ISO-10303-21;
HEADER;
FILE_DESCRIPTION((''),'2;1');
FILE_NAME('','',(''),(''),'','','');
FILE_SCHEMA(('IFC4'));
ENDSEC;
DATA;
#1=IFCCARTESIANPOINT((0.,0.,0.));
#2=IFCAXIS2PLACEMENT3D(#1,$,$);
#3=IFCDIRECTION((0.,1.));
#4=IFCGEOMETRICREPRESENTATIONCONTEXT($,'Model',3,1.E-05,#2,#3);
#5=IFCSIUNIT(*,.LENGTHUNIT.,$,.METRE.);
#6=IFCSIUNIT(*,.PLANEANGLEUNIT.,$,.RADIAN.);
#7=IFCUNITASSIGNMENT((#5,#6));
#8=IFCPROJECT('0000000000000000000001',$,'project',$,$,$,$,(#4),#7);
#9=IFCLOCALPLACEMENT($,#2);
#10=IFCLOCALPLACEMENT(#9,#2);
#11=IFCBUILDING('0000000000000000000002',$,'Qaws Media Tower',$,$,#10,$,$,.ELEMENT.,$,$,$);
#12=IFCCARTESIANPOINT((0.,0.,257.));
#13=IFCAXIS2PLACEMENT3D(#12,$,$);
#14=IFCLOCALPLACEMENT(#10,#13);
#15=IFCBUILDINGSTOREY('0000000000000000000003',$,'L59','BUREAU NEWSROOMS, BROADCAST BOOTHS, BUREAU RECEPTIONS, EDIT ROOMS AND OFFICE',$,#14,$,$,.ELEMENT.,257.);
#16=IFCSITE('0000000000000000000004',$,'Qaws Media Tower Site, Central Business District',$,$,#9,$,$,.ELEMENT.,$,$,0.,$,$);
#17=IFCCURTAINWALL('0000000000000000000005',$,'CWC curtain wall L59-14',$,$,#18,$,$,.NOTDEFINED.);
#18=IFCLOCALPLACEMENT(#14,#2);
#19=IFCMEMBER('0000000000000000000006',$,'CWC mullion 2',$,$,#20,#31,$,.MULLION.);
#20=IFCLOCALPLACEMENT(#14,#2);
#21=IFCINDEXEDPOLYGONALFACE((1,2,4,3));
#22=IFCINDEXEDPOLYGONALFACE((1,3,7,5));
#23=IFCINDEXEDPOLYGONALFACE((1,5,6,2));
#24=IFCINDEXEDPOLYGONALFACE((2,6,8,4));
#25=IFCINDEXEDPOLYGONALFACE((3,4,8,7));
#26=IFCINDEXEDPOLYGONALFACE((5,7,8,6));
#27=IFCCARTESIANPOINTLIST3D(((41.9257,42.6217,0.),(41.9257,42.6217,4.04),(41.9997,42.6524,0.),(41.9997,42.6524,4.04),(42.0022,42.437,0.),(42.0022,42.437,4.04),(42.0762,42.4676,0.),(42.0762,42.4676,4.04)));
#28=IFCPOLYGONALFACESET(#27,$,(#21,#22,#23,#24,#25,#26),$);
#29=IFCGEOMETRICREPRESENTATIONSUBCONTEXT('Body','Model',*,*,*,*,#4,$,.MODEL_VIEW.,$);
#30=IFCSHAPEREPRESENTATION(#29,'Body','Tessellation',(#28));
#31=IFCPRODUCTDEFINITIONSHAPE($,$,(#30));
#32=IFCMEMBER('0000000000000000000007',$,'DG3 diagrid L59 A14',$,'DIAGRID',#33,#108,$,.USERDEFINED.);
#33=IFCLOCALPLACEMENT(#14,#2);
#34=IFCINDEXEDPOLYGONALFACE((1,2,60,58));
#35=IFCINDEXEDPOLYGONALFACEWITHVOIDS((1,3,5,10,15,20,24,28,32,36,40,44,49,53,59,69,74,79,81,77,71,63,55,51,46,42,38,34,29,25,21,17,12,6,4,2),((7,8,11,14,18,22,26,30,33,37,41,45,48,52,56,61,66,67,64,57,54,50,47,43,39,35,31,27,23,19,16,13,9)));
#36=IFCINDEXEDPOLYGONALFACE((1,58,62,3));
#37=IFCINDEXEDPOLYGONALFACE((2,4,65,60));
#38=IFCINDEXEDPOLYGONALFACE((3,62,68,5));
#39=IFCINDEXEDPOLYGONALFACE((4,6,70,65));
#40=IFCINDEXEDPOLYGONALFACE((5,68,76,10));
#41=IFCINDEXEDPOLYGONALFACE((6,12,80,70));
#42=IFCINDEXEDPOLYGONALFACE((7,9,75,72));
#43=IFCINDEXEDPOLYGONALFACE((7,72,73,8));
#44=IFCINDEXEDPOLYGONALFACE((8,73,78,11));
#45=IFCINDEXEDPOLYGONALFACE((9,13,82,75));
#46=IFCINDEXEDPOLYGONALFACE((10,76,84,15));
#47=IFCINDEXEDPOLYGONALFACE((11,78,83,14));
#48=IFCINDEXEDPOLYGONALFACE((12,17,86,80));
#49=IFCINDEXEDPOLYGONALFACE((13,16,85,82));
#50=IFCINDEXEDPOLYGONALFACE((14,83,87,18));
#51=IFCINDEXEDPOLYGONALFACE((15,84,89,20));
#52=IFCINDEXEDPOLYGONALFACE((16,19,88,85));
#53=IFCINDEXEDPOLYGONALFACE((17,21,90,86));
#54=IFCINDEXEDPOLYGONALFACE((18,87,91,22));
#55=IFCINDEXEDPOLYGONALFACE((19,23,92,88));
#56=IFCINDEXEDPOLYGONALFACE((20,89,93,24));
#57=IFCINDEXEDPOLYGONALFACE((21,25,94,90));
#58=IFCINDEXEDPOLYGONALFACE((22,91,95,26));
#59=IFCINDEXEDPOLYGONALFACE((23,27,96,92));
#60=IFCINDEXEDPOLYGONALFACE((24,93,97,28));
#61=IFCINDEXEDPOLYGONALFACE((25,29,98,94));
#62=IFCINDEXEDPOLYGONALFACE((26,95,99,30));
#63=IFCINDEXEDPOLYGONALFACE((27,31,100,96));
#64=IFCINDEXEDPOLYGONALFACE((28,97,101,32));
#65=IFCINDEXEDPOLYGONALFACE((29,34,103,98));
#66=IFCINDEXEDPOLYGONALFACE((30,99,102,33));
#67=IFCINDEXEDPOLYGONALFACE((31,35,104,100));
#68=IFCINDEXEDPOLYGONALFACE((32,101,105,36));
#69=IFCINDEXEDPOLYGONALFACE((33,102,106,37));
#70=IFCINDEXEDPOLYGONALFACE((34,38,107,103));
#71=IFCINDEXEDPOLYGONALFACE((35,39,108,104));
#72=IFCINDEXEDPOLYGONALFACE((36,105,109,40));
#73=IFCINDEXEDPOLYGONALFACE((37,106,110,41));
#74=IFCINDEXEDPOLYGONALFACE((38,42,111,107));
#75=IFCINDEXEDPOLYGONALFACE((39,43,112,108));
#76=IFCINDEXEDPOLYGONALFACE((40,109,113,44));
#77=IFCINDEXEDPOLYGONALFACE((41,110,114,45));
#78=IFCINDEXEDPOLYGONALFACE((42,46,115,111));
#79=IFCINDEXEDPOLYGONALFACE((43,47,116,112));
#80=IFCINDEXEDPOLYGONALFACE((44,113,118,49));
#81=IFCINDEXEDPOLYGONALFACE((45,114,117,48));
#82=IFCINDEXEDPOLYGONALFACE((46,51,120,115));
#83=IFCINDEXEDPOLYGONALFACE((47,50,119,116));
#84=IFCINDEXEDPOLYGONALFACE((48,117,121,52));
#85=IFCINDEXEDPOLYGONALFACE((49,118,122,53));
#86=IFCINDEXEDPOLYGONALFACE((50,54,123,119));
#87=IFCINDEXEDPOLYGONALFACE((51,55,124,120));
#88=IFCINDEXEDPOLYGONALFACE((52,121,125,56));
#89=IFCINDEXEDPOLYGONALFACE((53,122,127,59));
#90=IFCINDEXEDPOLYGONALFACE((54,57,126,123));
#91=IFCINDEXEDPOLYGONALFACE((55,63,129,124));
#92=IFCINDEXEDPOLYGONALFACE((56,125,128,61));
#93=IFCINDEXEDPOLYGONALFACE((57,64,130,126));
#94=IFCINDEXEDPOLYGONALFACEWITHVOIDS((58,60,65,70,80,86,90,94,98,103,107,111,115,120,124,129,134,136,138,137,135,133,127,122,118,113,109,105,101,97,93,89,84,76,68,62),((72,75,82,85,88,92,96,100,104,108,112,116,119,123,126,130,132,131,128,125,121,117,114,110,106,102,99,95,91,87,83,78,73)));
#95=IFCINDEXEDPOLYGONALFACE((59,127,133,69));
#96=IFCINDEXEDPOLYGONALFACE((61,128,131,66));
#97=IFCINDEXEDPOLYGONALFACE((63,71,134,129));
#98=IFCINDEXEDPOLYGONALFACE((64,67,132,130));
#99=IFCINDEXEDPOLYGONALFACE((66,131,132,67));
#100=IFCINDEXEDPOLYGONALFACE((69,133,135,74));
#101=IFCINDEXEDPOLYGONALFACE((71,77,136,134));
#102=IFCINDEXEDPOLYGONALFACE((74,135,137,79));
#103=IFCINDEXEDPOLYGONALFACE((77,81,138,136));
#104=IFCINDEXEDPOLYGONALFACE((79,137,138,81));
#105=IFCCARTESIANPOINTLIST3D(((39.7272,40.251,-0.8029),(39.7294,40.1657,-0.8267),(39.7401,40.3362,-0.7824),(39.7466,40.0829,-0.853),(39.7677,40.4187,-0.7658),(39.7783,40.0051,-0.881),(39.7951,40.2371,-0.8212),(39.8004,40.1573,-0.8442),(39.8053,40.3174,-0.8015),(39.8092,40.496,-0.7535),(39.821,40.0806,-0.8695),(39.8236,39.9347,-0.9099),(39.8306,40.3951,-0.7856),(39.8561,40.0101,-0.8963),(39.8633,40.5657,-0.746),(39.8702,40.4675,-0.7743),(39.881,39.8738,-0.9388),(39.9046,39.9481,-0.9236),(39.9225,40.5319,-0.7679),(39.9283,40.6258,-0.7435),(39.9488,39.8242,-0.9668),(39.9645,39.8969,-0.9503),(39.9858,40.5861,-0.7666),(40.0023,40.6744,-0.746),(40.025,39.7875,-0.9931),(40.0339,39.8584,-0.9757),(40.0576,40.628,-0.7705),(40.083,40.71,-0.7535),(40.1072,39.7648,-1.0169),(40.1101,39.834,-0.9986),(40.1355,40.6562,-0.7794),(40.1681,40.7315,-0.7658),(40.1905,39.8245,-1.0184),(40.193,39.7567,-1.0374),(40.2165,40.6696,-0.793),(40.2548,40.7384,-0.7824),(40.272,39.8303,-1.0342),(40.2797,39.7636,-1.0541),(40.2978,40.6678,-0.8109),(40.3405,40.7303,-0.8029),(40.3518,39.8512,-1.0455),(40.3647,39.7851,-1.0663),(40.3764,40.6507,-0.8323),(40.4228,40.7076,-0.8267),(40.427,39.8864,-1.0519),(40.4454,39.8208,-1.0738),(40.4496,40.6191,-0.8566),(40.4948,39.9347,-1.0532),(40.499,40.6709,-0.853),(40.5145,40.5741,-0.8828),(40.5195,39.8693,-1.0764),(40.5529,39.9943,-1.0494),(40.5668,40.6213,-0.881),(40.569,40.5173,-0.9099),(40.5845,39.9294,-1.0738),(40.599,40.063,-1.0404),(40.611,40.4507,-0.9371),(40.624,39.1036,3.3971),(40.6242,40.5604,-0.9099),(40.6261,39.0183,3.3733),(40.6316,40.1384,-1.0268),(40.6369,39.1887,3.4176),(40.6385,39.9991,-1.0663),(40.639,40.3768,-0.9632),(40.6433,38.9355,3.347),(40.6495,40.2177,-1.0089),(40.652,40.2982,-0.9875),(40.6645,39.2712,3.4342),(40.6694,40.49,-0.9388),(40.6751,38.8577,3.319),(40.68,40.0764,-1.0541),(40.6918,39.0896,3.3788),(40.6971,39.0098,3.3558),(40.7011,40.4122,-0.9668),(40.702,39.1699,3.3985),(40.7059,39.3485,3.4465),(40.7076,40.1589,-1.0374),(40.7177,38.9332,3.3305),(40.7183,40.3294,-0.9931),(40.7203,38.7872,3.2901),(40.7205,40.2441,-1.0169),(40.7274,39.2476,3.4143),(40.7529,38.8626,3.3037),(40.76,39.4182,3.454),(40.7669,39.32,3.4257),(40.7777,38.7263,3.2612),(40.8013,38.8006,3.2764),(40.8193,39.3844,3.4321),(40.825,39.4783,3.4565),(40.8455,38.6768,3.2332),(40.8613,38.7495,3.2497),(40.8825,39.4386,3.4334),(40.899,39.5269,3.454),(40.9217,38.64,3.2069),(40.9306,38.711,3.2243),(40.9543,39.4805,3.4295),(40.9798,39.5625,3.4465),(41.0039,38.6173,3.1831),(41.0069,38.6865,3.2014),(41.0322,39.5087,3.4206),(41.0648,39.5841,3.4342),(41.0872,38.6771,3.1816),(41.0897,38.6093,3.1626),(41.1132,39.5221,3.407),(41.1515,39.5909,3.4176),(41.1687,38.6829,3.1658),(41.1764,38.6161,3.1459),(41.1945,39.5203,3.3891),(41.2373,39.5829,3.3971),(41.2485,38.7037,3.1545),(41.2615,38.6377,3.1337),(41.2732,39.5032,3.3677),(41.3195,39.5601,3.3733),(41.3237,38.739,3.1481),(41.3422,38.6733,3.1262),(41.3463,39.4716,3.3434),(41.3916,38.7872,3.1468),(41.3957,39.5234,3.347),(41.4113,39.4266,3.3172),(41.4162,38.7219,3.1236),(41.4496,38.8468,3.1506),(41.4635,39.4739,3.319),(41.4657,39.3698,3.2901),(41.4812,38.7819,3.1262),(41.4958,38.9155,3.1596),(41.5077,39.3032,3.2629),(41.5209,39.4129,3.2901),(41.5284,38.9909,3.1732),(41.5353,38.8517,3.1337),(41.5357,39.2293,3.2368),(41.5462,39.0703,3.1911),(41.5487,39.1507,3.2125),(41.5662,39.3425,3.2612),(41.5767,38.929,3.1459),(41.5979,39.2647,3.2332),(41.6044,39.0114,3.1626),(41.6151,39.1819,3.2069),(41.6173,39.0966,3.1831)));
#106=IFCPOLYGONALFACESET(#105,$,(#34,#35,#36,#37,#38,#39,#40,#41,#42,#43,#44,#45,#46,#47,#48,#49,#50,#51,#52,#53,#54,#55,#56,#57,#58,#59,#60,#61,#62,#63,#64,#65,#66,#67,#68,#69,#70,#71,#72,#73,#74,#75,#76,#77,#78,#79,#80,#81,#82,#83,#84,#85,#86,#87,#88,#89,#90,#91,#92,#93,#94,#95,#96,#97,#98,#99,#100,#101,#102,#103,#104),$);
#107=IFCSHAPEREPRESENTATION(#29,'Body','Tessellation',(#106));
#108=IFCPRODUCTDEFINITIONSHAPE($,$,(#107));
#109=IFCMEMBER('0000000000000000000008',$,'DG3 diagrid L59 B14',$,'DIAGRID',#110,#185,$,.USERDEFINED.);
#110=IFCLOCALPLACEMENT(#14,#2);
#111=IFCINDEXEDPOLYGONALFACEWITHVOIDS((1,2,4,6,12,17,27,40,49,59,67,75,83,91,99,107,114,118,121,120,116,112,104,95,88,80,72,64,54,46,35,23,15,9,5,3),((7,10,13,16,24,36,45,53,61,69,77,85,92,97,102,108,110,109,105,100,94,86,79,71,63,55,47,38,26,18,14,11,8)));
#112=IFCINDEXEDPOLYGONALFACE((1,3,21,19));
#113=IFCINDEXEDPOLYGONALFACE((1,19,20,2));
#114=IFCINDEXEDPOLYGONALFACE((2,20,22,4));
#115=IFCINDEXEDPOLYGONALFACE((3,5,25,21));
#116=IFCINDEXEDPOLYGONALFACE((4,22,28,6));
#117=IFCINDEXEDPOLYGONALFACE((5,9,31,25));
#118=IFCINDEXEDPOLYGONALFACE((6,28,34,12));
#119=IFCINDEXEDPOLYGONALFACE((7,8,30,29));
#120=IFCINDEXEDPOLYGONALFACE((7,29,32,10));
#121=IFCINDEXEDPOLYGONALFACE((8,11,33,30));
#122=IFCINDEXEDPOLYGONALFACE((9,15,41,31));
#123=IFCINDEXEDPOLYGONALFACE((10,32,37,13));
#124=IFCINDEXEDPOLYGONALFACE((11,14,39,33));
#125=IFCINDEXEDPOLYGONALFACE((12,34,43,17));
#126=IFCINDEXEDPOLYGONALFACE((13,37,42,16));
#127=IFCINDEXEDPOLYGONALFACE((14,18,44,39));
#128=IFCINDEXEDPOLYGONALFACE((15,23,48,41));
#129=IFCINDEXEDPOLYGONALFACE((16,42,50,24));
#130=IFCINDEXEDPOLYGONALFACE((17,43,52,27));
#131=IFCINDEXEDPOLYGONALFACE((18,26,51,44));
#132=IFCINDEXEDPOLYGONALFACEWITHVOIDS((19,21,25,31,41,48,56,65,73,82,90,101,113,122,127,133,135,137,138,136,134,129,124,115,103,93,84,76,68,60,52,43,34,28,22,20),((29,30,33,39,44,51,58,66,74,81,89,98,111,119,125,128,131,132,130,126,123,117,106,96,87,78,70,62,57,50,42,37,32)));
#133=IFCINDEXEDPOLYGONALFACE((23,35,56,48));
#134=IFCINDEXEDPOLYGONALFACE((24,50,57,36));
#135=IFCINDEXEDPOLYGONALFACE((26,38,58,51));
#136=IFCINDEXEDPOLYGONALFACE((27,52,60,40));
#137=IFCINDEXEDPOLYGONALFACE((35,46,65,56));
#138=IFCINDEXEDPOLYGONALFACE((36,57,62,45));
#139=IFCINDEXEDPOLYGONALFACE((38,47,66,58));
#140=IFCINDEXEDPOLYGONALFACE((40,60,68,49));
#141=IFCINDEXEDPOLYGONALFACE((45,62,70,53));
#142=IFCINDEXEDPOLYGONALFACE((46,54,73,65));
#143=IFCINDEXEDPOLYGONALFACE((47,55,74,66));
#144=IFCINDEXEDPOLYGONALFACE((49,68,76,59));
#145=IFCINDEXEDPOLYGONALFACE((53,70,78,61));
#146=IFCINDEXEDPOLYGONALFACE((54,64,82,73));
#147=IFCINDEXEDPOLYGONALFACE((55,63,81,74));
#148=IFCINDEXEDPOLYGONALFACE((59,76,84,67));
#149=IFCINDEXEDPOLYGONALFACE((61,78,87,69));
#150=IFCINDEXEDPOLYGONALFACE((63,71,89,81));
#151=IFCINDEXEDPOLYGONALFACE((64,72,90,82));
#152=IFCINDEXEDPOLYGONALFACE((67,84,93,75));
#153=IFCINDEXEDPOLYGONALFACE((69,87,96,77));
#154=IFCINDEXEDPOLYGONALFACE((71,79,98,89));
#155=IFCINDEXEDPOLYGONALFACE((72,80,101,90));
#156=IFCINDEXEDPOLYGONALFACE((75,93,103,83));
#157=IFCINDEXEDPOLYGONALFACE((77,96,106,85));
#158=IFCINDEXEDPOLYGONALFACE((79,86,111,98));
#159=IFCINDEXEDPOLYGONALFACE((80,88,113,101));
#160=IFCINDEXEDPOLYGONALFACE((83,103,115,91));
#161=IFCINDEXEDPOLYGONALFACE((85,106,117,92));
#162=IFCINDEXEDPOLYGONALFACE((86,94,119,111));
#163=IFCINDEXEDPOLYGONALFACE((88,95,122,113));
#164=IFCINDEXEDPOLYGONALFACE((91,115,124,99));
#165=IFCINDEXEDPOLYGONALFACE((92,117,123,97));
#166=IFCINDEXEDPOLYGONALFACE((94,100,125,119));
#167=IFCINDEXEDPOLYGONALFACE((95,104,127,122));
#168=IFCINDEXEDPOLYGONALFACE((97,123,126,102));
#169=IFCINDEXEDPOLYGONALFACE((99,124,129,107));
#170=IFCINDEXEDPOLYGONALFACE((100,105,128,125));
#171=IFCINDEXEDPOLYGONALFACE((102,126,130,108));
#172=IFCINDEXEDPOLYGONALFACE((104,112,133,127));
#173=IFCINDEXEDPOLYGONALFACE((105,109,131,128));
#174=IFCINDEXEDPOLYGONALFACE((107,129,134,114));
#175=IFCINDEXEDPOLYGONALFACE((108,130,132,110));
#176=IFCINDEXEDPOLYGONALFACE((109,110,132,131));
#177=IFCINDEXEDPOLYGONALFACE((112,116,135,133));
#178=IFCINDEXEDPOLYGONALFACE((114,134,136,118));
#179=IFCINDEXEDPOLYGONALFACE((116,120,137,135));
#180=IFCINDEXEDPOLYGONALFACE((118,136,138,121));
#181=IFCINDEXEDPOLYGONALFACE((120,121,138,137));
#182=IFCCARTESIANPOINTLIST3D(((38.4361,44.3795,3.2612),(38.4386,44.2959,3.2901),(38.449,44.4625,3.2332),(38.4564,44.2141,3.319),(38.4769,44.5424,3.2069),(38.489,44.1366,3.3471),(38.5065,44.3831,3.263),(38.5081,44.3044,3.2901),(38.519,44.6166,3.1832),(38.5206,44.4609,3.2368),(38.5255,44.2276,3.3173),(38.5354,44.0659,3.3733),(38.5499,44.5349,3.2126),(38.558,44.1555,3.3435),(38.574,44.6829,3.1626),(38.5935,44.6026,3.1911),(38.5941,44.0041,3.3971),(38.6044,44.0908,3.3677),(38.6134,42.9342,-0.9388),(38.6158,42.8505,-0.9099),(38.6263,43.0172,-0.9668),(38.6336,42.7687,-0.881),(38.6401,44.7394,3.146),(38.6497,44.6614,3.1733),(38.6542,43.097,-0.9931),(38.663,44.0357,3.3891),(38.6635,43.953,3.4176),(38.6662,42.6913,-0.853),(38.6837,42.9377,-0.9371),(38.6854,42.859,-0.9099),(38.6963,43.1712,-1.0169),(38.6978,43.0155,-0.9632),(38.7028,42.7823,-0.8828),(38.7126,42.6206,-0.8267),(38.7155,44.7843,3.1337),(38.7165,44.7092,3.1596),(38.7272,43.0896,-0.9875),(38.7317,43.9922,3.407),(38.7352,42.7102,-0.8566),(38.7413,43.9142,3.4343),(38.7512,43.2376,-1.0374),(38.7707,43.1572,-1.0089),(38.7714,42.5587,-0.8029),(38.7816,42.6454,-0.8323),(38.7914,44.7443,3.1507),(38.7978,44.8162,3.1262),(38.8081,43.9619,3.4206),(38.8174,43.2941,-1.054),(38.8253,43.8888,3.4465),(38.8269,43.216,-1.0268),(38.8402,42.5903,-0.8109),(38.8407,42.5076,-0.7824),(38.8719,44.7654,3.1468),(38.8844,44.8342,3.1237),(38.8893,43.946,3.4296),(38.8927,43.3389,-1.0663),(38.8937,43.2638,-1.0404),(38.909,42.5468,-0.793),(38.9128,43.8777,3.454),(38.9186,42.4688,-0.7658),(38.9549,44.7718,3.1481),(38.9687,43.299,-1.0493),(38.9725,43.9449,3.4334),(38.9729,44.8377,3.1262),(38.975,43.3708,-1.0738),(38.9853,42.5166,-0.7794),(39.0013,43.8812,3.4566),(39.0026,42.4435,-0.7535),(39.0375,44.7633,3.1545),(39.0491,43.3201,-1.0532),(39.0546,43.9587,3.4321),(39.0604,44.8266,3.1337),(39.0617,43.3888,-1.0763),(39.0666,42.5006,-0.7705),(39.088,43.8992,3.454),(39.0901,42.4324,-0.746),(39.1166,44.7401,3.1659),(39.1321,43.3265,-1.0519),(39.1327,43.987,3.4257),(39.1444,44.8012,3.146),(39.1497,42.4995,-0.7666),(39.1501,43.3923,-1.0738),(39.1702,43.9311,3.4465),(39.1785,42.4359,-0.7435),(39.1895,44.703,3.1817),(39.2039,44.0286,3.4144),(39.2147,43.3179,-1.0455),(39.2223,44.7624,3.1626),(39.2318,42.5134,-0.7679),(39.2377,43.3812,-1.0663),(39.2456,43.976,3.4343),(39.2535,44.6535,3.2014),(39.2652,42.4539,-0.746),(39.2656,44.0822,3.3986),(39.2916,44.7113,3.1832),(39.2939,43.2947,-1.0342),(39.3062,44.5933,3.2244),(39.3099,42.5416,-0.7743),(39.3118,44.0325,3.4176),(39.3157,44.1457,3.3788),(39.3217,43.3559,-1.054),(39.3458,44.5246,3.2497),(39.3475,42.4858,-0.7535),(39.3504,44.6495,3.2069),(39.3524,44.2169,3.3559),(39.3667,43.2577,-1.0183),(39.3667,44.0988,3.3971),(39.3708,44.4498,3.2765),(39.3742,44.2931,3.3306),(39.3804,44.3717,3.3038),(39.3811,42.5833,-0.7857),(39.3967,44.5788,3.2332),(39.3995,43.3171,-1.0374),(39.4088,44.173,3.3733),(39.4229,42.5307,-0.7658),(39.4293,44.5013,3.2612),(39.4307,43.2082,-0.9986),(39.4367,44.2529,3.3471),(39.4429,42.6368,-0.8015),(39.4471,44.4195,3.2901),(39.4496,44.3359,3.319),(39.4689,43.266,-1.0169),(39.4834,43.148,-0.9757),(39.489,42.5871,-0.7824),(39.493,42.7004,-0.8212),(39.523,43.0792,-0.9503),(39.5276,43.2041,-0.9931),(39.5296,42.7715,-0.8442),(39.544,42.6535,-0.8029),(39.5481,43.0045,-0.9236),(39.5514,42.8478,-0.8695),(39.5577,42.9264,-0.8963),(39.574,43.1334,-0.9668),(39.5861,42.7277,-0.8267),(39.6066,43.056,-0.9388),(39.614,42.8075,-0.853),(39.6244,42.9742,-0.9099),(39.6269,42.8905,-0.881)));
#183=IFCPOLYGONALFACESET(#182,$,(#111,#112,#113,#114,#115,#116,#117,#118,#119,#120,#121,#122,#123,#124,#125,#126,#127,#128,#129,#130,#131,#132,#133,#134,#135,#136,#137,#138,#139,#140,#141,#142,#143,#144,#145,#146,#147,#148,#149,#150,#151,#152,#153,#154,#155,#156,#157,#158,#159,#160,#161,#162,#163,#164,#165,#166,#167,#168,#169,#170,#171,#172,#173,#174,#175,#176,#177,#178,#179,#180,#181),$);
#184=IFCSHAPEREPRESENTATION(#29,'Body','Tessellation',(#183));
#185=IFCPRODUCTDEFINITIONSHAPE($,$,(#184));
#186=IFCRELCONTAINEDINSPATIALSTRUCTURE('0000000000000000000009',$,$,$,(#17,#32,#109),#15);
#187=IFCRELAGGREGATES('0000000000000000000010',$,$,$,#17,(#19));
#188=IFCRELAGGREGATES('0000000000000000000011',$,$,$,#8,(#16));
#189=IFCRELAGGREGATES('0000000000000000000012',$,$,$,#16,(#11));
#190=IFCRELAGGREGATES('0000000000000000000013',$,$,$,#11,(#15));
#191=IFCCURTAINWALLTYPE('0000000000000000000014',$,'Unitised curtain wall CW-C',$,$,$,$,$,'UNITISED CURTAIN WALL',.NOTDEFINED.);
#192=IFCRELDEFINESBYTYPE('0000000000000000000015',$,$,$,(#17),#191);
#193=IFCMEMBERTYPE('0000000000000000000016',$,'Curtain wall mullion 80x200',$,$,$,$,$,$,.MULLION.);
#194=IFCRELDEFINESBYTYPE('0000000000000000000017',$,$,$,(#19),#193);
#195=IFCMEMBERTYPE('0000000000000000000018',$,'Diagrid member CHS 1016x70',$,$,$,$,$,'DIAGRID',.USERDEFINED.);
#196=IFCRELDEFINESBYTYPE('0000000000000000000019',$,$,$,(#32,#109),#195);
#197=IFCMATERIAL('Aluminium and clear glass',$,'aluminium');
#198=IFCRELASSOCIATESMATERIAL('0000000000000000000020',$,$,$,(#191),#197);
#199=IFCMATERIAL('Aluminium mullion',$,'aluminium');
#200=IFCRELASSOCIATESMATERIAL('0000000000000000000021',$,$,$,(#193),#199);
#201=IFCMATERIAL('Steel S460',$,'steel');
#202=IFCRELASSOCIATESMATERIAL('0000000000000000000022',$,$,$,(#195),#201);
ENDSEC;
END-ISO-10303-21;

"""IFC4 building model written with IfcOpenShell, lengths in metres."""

from ifc_helpers import new_model, si_unit, direction, frame, origin, origin_2d, place, context, subcontext, project, spatial, rectangle, hollow_circle, extrude, material, material_profile, profile_set, type_object, element, aggregate, save


model = new_model("IFC4")

# Units and contexts
model_context = context("Model", 3, precision=1e-05, world=origin(), true_north=direction((0.0, 1.0)))
body_context = subcontext(model_context, "Body", "Model", "MODEL_VIEW")
ifc_project = project(units=[si_unit("LENGTHUNIT", "METRE"), si_unit("PLANEANGLEUNIT", "RADIAN")], contexts=[model_context])

# Site, building, storey
site_placement = place(None, origin())
site = spatial("IfcSite", under=ifc_project, at=site_placement, Name="Qaws Media Tower Site, Central Business District", CompositionType="ELEMENT", RefElevation=0.0)
building_placement = place(site_placement, origin())
building = spatial("IfcBuilding", under=site, at=building_placement, Name="Qaws Media Tower", CompositionType="ELEMENT")
storey_placement = place(building_placement, frame((0.0, 0.0, 257.0)))
storey = spatial("IfcBuildingStorey", under=building, at=storey_placement, Name="L59", Description="BUREAU NEWSROOMS, BROADCAST BOOTHS, BUREAU RECEPTIONS, EDIT ROOMS AND OFFICE", CompositionType="ELEMENT", Elevation=257.0)

# Curtain wall, member
ifc_material_1 = material(Name="Aluminium and clear glass", Category="aluminium")
curtain_wall_type = type_object("IfcCurtainWallType", Name="Unitised curtain wall CW-C", ElementType="UNITISED CURTAIN WALL", PredefinedType="NOTDEFINED", material=ifc_material_1)
curtain_wall_placement = place(storey_placement, origin())
curtain_wall = element("IfcCurtainWall", 1, at=curtain_wall_placement, inside=storey, type_object=curtain_wall_type, Name="CWC curtain wall L59-14", PredefinedType="NOTDEFINED")
ifc_material_2 = material(Name="Aluminium mullion", Category="aluminium")
ifc_material_profile_1 = material_profile(ifc_material_2, rectangle(XDim=0.0801, YDim=0.2, at=origin_2d()), Name="80x200")
ifc_profile_set_1 = profile_set([ifc_material_profile_1], Name="Aluminium mullion")
member_type_1 = type_object("IfcMemberType", Name="Curtain wall mullion 80x200", PredefinedType="MULLION", material=ifc_profile_set_1)
member_placement = place(storey_placement, frame((42.001, 42.5447, 0.0), z_axis=(0.0, 0.0, 1.0), x_axis=(0.92388, 0.382683, 0.0)))
member = element("IfcMember", 2, at=member_placement, type_object=member_type_1, Name="CWC mullion 2", PredefinedType="MULLION", context=body_context, shape_type="SweptSolid", body=[
    extrude(rectangle(XDim=0.0801, YDim=0.2, at=origin_2d()), origin(), (0.0, 0.0, 1.0), 4.04),
])

# Members
ifc_material_3 = material(Name="Steel S460", Category="steel")
ifc_material_profile_2 = material_profile(ifc_material_3, hollow_circle(Radius=0.5081, WallThickness=0.0701, at=origin_2d()), Name="CHS 1016x70")
ifc_profile_set_2 = profile_set([ifc_material_profile_2], Name="Steel S460")
member_type_2 = type_object("IfcMemberType", Name="Diagrid member CHS 1016x70", ElementType="DIAGRID", PredefinedType="USERDEFINED", material=ifc_profile_set_2)
for number, where, z_axis, x_axis, name in (
    (3, (40.2239, 40.2476, -0.9099), (0.201727, -0.258131, 0.944815), (0.787933, 0.615761, 0.0), "DG3 diagrid L59 A14"),
    (4, (39.1201, 42.9124, -0.9099), (-0.039873, 0.325139, 0.944825), (-0.992564, -0.121723, 0.0), "DG3 diagrid L59 B14"),
):
    element("IfcMember", number, at=place(storey_placement, frame(where, z_axis=z_axis, x_axis=x_axis)), inside=storey, type_object=member_type_2, Name=name, ObjectType="DIAGRID", PredefinedType="USERDEFINED", context=body_context, shape_type="SweptSolid", body=[
        extrude(hollow_circle(Radius=0.5081, WallThickness=0.0701, at=origin_2d()), origin(), (0.0, 0.0, 1.0), 4.4453),
    ])

aggregate(curtain_wall, [member])

save(model, "model.ifc")
